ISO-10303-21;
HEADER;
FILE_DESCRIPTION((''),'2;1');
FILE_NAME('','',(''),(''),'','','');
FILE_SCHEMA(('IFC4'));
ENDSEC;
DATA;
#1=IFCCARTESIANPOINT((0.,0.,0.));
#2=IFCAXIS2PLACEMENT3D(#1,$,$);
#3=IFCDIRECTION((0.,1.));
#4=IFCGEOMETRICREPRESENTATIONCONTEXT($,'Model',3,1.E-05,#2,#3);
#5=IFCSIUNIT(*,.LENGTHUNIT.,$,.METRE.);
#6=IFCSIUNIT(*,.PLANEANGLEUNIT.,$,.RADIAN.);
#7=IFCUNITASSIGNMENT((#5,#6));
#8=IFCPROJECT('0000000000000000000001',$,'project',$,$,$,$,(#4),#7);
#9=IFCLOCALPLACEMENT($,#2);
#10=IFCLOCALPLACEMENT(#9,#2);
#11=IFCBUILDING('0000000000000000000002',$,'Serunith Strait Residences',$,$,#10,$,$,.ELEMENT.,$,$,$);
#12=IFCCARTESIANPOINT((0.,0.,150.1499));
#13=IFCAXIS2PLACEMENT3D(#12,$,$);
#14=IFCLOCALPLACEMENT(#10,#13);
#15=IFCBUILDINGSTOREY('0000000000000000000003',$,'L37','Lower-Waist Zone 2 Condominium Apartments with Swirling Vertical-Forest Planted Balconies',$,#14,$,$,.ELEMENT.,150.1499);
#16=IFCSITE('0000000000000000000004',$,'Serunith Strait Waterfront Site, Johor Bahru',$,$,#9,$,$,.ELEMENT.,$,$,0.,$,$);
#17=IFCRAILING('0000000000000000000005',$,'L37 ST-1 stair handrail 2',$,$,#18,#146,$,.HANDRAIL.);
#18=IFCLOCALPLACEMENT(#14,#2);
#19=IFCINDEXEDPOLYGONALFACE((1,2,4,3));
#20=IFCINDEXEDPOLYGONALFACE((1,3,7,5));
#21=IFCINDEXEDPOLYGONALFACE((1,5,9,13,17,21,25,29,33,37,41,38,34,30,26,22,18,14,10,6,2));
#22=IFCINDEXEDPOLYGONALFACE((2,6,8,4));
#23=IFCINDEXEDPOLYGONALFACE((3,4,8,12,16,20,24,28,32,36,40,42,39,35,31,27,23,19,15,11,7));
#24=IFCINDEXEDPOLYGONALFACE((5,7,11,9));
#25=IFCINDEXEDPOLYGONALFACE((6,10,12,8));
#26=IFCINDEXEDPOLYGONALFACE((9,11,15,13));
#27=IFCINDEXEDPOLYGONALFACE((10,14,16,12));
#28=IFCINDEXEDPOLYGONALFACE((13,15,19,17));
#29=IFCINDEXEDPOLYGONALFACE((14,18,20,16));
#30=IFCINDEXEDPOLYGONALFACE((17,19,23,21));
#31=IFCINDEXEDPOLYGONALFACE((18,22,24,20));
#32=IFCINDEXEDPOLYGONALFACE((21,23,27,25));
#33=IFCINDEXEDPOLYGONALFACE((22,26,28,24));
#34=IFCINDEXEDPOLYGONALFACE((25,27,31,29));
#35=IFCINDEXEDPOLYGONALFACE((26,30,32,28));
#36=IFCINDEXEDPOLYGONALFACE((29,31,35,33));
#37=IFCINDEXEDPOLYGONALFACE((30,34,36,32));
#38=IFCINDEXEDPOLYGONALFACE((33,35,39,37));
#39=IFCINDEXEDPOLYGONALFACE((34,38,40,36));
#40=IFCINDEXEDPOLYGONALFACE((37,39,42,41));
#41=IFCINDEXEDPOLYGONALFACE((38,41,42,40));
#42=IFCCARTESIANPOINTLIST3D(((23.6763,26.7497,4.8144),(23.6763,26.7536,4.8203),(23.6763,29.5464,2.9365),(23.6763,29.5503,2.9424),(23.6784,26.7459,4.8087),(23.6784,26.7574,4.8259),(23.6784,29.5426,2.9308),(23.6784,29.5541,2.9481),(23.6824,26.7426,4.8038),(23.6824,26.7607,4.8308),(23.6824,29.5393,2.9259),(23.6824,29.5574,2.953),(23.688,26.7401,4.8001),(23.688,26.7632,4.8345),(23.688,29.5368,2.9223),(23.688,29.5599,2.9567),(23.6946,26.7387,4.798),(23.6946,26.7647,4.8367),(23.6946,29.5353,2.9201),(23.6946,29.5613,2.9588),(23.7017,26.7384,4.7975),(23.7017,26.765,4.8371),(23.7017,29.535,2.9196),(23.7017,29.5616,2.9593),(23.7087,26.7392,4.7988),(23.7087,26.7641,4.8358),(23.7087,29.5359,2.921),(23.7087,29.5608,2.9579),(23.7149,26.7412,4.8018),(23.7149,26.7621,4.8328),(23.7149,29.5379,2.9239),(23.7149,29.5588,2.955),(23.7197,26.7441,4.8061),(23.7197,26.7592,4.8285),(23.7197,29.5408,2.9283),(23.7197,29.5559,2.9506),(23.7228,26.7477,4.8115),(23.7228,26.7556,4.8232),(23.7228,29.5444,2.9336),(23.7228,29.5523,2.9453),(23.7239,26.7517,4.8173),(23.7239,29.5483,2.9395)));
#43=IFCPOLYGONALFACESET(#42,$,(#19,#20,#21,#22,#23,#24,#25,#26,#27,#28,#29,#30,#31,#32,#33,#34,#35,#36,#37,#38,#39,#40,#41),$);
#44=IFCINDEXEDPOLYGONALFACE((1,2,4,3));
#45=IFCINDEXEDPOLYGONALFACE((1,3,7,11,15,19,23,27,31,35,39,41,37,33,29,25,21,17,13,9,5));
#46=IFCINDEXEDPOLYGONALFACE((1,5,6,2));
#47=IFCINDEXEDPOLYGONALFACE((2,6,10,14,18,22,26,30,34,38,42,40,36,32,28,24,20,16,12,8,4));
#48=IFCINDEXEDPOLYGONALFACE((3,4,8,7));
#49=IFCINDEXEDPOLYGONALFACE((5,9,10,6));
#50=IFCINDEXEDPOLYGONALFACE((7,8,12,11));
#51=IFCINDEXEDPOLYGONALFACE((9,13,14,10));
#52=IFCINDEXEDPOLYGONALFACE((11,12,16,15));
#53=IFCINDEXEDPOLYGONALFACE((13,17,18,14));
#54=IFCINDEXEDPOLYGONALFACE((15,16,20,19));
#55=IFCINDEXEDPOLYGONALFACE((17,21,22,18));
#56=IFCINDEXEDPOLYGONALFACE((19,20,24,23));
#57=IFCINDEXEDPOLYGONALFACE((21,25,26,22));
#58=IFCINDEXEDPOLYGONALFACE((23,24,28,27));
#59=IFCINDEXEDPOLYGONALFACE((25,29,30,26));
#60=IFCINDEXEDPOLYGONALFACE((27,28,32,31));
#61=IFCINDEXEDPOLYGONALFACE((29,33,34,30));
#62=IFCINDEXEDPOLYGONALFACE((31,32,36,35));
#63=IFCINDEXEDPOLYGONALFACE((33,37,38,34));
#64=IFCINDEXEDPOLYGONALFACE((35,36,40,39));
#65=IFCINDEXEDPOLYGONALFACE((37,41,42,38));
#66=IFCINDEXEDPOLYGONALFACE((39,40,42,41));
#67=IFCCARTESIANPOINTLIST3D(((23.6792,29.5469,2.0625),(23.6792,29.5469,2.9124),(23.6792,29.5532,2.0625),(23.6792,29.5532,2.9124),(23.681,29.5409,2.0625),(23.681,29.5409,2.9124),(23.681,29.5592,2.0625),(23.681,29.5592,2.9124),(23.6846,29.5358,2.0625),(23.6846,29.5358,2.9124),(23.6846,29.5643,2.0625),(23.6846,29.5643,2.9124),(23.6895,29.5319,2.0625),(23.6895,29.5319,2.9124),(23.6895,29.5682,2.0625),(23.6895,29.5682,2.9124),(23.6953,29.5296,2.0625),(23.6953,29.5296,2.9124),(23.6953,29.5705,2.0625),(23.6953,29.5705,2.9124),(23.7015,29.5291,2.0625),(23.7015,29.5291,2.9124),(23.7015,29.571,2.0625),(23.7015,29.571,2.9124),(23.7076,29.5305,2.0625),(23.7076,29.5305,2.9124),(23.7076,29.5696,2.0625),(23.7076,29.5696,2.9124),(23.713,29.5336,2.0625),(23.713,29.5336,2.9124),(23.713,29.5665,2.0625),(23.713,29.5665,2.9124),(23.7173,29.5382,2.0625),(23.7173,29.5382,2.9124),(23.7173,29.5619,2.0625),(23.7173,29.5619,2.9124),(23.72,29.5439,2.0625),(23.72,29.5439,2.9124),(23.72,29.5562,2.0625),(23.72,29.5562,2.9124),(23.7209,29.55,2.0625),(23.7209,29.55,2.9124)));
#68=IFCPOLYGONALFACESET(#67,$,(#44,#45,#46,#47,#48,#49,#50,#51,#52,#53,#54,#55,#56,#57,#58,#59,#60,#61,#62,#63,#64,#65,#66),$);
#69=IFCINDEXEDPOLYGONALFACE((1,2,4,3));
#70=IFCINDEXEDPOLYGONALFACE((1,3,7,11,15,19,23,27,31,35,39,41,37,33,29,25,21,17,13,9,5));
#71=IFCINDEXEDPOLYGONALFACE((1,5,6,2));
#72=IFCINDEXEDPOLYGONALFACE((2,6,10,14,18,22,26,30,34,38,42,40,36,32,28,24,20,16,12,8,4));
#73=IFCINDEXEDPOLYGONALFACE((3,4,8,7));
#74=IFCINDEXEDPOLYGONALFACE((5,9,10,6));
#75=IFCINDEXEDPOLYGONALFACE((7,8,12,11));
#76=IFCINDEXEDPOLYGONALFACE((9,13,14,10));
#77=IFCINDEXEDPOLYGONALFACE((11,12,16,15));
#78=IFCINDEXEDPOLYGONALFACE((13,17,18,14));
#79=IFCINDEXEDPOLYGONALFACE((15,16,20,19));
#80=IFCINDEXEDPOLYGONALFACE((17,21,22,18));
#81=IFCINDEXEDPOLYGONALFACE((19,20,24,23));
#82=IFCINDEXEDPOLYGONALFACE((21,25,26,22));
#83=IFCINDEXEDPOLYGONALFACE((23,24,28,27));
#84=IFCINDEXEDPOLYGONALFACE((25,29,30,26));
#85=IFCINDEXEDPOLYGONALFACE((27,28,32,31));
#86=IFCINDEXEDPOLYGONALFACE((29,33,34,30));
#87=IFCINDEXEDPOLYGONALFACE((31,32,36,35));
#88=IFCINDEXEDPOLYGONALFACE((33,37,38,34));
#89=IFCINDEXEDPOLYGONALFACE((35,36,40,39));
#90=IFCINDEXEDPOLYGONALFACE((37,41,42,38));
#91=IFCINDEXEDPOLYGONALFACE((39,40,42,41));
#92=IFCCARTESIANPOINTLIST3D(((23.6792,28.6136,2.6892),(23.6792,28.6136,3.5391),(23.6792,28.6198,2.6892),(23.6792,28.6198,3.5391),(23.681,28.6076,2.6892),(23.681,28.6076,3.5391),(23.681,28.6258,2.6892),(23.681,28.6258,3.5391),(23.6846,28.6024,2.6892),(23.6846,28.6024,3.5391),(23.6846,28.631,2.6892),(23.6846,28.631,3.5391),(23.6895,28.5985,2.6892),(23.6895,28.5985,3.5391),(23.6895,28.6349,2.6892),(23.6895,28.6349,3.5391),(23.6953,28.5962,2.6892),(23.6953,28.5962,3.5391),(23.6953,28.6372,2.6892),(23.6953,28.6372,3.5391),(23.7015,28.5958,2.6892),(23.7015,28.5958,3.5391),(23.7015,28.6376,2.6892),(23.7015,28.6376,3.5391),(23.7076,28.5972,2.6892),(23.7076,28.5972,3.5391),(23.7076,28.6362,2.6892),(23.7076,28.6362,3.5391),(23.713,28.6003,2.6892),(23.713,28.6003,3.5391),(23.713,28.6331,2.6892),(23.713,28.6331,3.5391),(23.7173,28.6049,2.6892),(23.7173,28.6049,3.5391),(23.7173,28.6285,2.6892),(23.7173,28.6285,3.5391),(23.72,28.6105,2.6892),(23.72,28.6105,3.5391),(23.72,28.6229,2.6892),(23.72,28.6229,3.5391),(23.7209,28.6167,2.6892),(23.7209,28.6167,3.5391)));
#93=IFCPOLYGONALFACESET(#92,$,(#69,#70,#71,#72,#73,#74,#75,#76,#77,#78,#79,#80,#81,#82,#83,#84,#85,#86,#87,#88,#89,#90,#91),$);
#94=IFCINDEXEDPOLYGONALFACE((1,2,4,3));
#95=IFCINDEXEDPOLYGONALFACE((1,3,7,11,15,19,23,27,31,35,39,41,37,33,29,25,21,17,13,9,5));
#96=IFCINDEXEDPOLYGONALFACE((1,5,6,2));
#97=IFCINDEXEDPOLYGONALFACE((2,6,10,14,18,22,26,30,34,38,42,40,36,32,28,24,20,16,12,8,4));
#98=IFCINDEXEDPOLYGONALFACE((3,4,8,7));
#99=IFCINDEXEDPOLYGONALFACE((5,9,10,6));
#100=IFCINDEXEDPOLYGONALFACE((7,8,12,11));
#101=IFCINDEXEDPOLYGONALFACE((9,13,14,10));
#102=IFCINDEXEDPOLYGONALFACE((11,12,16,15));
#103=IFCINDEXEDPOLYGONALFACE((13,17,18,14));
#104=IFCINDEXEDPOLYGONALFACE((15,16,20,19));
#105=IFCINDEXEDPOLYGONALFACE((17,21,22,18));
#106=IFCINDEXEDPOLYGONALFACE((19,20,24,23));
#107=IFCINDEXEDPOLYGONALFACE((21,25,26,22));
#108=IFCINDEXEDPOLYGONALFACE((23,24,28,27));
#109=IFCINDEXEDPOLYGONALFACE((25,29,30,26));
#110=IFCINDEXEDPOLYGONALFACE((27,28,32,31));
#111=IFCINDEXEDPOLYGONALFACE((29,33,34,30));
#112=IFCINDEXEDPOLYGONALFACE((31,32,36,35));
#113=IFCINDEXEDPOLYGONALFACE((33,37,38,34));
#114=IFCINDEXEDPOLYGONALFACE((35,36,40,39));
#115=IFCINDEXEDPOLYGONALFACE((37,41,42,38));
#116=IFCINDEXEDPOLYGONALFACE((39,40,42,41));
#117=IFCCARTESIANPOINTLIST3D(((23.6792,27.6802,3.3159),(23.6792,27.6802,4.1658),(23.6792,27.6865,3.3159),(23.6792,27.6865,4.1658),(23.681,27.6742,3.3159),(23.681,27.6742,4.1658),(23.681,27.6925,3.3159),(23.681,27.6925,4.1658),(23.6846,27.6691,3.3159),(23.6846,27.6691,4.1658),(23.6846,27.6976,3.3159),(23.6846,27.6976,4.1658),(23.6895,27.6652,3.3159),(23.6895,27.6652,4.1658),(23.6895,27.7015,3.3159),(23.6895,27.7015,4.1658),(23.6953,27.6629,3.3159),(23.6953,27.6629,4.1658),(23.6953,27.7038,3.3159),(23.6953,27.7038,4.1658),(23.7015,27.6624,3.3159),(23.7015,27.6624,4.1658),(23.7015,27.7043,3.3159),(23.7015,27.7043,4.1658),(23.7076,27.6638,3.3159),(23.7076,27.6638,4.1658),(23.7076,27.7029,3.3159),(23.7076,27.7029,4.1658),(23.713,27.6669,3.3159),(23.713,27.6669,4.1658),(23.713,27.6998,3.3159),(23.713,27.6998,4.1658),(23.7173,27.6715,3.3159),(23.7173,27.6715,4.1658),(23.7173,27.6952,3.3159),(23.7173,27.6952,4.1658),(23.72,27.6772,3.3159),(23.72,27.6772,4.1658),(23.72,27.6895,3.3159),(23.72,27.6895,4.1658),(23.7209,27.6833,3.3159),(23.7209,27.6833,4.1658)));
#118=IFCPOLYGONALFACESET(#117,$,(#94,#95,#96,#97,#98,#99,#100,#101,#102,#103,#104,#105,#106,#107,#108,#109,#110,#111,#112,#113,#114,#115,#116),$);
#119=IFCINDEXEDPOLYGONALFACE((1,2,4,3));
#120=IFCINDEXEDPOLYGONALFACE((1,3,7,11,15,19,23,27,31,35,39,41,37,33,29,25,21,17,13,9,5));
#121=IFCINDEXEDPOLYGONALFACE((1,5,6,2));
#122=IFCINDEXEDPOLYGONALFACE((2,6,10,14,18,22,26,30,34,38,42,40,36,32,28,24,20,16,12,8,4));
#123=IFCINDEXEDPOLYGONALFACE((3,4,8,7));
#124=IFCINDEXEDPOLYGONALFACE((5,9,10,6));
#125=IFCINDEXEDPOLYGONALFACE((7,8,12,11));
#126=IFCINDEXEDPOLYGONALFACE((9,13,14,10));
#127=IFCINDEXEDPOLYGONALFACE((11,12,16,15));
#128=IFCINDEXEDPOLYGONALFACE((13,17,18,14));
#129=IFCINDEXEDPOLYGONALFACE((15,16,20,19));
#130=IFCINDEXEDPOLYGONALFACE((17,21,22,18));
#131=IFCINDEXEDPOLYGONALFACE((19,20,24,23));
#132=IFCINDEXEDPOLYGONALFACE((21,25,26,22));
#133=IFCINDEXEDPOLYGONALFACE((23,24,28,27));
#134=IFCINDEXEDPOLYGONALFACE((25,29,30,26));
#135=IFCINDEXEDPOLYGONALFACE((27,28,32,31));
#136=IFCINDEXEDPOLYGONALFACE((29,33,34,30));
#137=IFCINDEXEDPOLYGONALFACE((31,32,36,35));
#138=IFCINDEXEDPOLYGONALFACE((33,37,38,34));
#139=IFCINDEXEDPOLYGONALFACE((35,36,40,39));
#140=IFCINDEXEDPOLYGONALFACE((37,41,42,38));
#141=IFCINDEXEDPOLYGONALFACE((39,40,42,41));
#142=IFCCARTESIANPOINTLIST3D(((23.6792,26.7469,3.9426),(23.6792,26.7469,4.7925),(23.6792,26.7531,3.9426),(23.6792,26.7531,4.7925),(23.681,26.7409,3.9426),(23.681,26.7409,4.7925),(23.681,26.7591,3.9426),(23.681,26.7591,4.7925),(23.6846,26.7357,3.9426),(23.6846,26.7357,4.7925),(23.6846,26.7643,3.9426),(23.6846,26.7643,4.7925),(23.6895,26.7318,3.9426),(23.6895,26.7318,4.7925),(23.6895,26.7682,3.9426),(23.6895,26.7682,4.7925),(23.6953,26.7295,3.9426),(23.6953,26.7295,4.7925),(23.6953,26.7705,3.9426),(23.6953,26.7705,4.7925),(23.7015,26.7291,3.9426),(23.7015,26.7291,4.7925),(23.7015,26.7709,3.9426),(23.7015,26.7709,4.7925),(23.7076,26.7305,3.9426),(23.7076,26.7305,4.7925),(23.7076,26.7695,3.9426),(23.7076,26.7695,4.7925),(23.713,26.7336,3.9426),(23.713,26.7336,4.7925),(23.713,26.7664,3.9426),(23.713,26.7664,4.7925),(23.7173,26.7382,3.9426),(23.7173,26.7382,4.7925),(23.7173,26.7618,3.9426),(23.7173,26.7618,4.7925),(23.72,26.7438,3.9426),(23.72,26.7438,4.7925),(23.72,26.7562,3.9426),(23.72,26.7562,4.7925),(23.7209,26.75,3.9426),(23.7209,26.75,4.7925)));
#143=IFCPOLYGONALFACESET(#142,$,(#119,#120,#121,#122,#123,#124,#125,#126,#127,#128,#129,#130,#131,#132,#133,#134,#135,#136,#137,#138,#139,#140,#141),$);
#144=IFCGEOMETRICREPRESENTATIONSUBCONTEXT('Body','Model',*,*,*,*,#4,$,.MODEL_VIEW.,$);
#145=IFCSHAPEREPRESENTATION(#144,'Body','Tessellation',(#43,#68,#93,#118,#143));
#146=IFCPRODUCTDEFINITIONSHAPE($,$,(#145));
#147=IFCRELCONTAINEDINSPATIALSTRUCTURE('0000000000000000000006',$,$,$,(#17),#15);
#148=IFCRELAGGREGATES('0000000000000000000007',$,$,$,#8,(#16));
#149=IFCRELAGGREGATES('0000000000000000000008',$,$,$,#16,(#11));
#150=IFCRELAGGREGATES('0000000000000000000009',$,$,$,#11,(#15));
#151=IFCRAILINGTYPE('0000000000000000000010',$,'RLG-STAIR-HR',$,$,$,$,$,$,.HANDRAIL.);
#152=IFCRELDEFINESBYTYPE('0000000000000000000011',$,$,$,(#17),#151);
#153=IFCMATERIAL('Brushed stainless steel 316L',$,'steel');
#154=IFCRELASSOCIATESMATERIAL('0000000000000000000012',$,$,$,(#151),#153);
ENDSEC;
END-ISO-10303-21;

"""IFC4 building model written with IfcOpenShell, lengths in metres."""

from ifc_helpers import new_model, si_unit, direction, frame, origin, origin_2d, place, context, subcontext, project, spatial, circle, extrude, material, type_object, element, save


model = new_model("IFC4")

# Units and contexts
model_context = context("Model", 3, precision=1e-05, world=origin(), true_north=direction((0.0, 1.0)))
body_context = subcontext(model_context, "Body", "Model", "MODEL_VIEW")
ifc_project = project(units=[si_unit("LENGTHUNIT", "METRE"), si_unit("PLANEANGLEUNIT", "RADIAN")], contexts=[model_context])

# Site, building, storey
site_placement = place(None, origin())
site = spatial("IfcSite", under=ifc_project, at=site_placement, Name="Serunith Strait Waterfront Site, Johor Bahru", CompositionType="ELEMENT", RefElevation=0.0)
building_placement = place(site_placement, origin())
building = spatial("IfcBuilding", under=site, at=building_placement, Name="Serunith Strait Residences", CompositionType="ELEMENT")
storey_placement = place(building_placement, frame((0.0, 0.0, 150.1499)))
storey = spatial("IfcBuildingStorey", under=building, at=storey_placement, Name="L37", Description="Lower-Waist Zone 2 Condominium Apartments with Swirling Vertical-Forest Planted Balconies", CompositionType="ELEMENT", Elevation=150.1499)

# Railing
ifc_material_1 = material(Name="Brushed stainless steel 316L", Category="steel")
railing_type_1 = type_object("IfcRailingType", Name="RLG-STAIR-HR", PredefinedType="HANDRAIL", material=ifc_material_1)
railing_1_placement = place(storey_placement, frame((23.7, 29.55, 2.0625)))
element("IfcRailing", 1, at=railing_1_placement, inside=storey, type_object=railing_type_1, Name="L37 ST-1 stair handrail 2", PredefinedType="HANDRAIL", context=body_context, shape_type="SweptSolid", body=[
    extrude(circle(Radius=0.0239, at=origin_2d()), frame((0.0, -0.0017, 0.877), z_axis=(0.0, -0.830208, 0.557453), x_axis=(1.0, 0.0, 0.0)), (0.0, 0.0, 1.0), 3.3687),
    extrude(circle(Radius=0.021, at=origin_2d()), origin(), (0.0, 0.0, 1.0), 0.8499),
    extrude(circle(Radius=0.021, at=origin_2d()), frame((0.0, -0.9333, 0.6267)), (0.0, 0.0, 1.0), 0.8499),
    extrude(circle(Radius=0.021, at=origin_2d()), frame((0.0, -1.8667, 1.2534)), (0.0, 0.0, 1.0), 0.8499),
    extrude(circle(Radius=0.021, at=origin_2d()), frame((0.0, -2.8, 1.8801)), (0.0, 0.0, 1.0), 0.8499),
])

save(model, "model.ifc")
